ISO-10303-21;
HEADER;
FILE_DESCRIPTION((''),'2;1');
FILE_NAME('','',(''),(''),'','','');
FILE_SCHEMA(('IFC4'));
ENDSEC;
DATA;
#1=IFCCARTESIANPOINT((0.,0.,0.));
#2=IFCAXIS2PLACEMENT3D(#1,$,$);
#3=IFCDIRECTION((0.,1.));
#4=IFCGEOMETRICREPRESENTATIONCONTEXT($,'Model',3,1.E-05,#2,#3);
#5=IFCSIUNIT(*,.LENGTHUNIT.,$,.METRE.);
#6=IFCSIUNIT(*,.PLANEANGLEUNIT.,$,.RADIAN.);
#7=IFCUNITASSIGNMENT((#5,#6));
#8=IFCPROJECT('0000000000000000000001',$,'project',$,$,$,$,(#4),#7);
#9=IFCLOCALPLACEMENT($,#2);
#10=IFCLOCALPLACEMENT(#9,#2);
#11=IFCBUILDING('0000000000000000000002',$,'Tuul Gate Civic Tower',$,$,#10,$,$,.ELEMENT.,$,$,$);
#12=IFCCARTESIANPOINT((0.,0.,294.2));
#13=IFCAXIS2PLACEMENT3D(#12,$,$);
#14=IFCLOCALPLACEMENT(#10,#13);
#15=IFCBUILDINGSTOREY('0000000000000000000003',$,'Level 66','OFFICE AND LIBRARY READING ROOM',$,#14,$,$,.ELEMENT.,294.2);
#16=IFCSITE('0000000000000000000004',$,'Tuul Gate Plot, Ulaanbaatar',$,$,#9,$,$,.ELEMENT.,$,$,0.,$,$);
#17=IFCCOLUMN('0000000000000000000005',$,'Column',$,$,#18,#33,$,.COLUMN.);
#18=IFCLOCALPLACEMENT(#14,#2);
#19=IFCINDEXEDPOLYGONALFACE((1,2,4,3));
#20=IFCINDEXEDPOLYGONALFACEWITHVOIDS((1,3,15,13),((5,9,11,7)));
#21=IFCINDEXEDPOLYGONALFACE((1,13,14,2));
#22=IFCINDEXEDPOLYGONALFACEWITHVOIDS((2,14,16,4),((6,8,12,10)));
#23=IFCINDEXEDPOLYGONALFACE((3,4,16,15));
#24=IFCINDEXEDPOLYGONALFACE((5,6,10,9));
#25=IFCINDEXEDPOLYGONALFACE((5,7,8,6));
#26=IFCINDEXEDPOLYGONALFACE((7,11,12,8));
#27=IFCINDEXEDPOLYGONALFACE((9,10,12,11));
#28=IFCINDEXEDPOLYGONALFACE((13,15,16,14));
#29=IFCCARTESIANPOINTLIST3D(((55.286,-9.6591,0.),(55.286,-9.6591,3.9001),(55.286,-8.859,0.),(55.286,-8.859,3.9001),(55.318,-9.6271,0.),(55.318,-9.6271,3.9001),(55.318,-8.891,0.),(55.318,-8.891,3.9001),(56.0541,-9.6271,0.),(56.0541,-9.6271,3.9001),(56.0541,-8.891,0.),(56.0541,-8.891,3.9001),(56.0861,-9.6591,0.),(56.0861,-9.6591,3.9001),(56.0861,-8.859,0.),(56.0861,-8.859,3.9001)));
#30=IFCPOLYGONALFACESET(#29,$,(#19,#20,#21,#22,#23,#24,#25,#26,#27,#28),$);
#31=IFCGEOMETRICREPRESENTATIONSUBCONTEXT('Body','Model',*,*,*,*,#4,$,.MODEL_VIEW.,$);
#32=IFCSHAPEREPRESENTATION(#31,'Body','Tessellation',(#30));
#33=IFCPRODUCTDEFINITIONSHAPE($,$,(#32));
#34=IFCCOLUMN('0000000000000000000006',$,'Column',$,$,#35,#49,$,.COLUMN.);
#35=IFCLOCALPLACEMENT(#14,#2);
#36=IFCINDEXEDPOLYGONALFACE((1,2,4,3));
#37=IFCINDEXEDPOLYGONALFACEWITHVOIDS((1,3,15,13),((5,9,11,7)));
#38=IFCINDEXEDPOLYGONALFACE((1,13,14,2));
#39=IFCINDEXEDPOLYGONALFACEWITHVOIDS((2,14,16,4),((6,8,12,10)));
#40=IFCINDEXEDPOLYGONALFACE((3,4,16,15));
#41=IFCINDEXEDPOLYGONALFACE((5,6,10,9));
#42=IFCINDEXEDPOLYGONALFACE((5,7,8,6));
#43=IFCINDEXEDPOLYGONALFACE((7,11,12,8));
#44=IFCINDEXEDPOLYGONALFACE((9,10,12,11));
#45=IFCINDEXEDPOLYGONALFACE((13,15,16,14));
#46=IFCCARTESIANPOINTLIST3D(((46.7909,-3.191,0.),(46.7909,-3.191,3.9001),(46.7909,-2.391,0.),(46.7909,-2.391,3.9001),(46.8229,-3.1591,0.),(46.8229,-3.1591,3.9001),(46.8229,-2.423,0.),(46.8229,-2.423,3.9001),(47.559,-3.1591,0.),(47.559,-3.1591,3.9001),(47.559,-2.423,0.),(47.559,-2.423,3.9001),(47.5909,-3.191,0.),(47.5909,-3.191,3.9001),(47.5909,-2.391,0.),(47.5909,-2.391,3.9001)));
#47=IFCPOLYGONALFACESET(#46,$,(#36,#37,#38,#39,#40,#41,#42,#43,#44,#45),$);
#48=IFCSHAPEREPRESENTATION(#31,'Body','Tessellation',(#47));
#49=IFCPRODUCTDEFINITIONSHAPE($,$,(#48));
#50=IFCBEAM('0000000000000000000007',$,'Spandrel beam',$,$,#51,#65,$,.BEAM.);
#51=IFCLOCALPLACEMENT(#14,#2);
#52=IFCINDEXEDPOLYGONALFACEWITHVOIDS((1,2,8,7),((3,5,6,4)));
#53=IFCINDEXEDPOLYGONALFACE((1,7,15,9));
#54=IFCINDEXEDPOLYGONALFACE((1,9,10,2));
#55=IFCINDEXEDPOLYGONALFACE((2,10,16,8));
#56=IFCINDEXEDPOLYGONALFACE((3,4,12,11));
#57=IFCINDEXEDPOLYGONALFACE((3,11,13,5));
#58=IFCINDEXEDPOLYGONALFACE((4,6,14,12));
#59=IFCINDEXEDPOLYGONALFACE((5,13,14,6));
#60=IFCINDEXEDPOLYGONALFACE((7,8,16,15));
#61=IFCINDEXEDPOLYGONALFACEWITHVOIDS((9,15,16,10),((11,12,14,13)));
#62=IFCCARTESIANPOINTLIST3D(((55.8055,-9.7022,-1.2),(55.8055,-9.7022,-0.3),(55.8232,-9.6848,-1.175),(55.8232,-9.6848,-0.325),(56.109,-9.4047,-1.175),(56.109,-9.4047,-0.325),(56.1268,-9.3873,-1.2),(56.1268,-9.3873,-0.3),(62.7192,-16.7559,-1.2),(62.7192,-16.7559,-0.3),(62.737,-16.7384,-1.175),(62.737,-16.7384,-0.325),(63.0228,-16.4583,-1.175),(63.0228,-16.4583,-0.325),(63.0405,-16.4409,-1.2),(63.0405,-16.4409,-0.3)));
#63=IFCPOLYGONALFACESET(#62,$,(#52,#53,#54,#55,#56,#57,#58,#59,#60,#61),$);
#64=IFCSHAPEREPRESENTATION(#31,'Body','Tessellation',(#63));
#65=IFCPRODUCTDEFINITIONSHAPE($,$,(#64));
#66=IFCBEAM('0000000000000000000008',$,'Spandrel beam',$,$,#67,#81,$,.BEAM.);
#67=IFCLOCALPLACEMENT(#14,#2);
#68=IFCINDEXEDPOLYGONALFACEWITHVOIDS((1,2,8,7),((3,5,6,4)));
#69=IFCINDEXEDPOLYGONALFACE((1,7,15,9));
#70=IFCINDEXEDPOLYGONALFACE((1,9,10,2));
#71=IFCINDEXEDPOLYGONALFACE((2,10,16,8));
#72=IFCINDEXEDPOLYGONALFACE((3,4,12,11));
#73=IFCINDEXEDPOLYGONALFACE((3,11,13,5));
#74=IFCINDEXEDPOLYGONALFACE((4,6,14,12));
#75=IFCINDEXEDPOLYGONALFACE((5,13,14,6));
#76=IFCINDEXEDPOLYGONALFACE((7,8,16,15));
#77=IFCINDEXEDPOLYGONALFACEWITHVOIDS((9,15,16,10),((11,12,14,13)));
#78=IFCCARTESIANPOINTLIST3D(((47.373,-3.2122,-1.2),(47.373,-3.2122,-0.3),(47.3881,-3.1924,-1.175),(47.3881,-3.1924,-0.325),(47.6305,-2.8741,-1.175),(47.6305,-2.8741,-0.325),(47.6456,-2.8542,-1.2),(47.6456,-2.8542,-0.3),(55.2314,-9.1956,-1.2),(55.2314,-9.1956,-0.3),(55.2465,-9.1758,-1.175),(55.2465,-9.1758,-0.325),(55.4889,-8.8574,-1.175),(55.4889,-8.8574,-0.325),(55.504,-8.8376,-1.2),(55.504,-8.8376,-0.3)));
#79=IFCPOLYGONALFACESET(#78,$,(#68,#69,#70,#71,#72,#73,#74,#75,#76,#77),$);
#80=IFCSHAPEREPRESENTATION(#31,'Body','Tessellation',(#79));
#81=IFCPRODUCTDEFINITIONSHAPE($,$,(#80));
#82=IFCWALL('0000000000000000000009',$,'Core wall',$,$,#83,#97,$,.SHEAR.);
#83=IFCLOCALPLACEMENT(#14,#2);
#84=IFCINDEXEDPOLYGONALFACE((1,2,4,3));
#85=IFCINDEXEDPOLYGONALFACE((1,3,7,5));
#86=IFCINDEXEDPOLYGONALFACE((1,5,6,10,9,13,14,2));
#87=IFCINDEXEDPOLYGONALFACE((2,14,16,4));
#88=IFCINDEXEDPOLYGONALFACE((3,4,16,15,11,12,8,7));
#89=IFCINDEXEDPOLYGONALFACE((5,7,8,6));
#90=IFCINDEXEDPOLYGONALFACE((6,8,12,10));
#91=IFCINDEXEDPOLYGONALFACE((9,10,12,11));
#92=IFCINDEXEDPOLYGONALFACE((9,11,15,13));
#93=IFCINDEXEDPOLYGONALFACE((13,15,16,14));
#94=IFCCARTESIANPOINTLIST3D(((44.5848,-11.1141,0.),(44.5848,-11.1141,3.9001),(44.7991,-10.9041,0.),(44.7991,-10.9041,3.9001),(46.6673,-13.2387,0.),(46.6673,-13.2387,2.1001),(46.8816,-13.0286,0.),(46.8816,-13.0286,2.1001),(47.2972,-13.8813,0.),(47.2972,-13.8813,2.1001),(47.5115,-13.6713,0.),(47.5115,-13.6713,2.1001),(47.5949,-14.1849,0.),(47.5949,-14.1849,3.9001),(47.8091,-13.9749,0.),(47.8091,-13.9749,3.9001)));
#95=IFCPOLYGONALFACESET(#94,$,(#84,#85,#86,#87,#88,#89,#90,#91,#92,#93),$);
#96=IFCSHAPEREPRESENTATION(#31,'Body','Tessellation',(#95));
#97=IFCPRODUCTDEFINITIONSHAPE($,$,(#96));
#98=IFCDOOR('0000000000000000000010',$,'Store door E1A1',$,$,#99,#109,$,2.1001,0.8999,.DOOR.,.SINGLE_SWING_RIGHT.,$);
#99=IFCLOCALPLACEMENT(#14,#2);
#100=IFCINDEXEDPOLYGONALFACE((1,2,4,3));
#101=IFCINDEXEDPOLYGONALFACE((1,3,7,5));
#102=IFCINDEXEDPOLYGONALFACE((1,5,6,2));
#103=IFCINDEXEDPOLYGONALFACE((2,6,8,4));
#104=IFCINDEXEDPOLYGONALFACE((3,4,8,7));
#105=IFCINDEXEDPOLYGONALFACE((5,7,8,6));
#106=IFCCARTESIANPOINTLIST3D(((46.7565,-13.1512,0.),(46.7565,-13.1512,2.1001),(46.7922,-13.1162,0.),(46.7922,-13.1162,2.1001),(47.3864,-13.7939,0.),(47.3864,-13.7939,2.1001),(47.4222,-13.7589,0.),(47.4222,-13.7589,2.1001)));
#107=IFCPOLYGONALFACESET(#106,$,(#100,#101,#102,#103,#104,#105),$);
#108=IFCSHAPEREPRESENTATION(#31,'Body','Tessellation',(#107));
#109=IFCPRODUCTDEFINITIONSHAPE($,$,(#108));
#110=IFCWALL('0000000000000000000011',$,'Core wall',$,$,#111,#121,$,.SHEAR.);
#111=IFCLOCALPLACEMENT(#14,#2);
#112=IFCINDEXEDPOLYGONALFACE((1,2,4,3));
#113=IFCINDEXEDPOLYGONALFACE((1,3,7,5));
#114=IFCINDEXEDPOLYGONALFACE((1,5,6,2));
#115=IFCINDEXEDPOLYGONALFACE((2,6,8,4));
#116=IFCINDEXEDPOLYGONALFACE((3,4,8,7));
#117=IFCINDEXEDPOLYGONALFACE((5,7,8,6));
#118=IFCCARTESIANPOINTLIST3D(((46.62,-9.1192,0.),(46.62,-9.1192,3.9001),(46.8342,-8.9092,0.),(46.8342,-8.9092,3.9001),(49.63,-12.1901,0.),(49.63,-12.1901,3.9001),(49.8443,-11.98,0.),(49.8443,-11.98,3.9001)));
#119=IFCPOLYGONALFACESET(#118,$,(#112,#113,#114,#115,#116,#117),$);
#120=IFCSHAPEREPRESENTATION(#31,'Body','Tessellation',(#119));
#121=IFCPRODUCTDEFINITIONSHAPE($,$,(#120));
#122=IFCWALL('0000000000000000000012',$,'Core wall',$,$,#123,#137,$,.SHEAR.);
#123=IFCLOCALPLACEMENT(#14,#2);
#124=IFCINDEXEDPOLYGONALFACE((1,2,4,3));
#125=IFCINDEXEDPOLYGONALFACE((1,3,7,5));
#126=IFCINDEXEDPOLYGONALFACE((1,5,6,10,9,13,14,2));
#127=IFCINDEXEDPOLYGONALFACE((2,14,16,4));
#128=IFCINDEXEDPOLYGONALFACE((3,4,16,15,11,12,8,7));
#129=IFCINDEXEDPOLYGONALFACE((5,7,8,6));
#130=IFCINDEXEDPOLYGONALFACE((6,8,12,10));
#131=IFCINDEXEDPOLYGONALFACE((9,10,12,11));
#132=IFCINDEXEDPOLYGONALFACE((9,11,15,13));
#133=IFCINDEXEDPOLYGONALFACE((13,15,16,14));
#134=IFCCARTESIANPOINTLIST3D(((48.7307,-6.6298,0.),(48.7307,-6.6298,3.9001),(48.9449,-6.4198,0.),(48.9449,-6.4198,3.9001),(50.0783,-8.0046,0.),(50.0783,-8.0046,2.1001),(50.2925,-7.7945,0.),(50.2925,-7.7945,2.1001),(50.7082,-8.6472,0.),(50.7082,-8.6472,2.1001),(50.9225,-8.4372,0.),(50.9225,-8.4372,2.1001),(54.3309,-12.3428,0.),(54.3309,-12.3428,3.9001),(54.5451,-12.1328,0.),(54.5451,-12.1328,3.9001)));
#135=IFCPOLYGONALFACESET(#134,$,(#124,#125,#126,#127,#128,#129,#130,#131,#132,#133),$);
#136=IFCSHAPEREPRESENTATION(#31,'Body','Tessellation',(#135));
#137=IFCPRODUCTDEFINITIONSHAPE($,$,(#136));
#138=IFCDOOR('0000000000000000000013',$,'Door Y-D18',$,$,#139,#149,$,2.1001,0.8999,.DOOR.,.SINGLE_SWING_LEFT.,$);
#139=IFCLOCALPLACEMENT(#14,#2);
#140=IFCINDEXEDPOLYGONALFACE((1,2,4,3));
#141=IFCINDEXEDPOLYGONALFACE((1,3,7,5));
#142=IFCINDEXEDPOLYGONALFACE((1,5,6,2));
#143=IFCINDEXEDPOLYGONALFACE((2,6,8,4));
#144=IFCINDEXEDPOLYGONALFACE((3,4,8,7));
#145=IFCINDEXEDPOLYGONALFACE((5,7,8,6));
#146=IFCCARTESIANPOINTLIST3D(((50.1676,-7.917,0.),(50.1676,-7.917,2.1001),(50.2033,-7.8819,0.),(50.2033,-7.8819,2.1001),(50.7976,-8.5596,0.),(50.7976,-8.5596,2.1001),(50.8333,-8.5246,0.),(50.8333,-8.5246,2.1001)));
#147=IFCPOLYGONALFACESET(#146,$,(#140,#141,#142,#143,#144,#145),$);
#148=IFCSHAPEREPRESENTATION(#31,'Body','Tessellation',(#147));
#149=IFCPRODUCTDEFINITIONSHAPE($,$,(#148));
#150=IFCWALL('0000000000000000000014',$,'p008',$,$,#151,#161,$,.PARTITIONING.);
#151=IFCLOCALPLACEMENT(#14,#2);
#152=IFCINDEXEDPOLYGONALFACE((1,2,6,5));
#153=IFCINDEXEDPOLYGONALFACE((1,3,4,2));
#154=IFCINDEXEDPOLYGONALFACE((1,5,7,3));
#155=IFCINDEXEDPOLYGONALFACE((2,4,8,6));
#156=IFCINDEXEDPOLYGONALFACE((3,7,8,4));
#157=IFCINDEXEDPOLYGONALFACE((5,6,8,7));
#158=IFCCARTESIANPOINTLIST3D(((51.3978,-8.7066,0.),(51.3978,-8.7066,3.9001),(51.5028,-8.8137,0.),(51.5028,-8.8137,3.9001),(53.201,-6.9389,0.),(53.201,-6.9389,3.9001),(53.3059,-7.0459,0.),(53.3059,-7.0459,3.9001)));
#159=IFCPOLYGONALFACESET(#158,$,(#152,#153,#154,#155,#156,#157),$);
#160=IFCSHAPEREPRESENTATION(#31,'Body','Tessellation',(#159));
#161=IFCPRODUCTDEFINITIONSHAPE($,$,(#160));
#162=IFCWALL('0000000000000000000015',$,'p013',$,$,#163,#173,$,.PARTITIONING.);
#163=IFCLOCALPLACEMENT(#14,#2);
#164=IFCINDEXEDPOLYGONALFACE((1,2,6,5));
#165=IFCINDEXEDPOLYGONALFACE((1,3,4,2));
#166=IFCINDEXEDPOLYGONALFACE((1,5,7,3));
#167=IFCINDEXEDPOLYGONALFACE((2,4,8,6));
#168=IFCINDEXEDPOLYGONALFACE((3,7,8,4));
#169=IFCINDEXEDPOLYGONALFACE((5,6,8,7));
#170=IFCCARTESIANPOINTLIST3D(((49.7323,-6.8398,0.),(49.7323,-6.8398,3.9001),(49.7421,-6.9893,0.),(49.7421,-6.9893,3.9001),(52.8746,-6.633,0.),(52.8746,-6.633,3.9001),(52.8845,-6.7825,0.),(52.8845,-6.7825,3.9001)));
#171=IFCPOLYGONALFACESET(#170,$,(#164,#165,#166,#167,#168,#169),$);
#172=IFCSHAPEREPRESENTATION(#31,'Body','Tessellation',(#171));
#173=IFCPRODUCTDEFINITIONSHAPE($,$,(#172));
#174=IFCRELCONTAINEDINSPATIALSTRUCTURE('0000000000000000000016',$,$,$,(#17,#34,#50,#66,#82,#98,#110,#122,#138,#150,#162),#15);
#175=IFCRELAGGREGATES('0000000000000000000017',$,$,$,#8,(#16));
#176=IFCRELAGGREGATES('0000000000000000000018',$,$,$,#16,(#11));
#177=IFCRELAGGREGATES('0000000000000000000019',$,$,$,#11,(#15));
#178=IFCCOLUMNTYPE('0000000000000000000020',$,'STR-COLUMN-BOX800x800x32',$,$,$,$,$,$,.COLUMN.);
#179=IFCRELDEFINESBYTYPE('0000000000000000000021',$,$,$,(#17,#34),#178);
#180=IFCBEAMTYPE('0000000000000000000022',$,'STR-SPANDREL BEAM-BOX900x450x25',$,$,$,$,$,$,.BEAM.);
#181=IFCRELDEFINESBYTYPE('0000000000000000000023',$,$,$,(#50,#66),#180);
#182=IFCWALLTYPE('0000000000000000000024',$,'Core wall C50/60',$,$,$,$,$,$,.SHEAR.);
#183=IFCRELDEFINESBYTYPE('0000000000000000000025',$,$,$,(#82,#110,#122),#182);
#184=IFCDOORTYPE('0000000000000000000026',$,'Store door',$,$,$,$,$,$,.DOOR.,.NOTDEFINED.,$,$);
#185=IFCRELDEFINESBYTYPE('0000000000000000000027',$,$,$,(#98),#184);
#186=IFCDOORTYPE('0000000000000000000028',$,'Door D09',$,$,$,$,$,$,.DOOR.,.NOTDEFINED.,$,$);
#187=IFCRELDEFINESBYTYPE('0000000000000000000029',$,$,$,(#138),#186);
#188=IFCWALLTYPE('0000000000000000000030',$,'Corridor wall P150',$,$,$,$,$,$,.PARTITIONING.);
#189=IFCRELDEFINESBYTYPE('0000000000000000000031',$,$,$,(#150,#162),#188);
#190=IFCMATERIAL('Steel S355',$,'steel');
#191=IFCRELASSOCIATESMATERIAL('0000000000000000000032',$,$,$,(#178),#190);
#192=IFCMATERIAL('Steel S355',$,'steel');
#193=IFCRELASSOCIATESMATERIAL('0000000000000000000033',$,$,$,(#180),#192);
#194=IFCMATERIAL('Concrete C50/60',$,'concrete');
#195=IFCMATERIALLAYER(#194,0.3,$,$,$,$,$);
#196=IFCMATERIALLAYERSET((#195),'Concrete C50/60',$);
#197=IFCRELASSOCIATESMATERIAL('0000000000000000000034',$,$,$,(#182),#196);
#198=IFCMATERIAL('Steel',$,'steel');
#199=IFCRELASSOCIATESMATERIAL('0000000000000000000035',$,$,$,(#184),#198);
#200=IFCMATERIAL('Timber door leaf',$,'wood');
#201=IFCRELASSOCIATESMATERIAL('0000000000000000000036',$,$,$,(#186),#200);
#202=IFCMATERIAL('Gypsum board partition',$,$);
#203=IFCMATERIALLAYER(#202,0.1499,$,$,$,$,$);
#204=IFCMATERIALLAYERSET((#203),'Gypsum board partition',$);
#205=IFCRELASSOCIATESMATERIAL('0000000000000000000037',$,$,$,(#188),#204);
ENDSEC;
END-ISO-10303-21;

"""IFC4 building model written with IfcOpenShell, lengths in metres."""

from ifc_helpers import new_model, si_unit, direction, frame, frame_2d, origin, origin_2d, place, context, subcontext, project, spatial, rectangle, hollow_rectangle, extrude, material, layer, layer_set, material_profile, profile_set, type_object, element, fill, save


model = new_model("IFC4")

# Units and contexts
model_context = context("Model", 3, precision=1e-05, world=origin(), true_north=direction((0.0, 1.0)))
body_context = subcontext(model_context, "Body", "Model", "MODEL_VIEW")
ifc_project = project(units=[si_unit("LENGTHUNIT", "METRE"), si_unit("PLANEANGLEUNIT", "RADIAN")], contexts=[model_context])

# Site, building, storey
site_placement = place(None, origin())
site = spatial("IfcSite", under=ifc_project, at=site_placement, Name="Tuul Gate Plot, Ulaanbaatar", CompositionType="ELEMENT", RefElevation=0.0)
building_placement = place(site_placement, origin())
building = spatial("IfcBuilding", under=site, at=building_placement, Name="Tuul Gate Civic Tower", CompositionType="ELEMENT")
storey_placement = place(building_placement, frame((0.0, 0.0, 294.2)))
storey = spatial("IfcBuildingStorey", under=building, at=storey_placement, Name="Level 66", Description="OFFICE AND LIBRARY READING ROOM", CompositionType="ELEMENT", Elevation=294.2)

# Columns
ifc_material_1 = material(Name="Steel S355", Category="steel")
ifc_material_profile_1 = material_profile(ifc_material_1, hollow_rectangle(XDim=0.8, YDim=0.8, WallThickness=0.032, at=origin_2d()), Name="BOX800x800x32")
ifc_profile_set_1 = profile_set([ifc_material_profile_1], Name="Steel S355")
column_type = type_object("IfcColumnType", Name="STR-COLUMN-BOX800x800x32", PredefinedType="COLUMN", material=ifc_profile_set_1)
for number, where, z_axis, x_axis, name in (
    (1, (55.686, -9.259, 0.0), (0.0, 0.0, 1.0), (1.0, 0.0, 0.0), "Column"),
    (2, (47.1909, -2.791, 0.0), (0.0, 0.0, 1.0), (1.0, 0.0, 0.0), "Column"),
):
    element("IfcColumn", number, at=place(storey_placement, frame(where, z_axis=z_axis, x_axis=x_axis)), inside=storey, type_object=column_type, Name=name, PredefinedType="COLUMN", context=body_context, shape_type="SweptSolid", body=[
        extrude(hollow_rectangle(XDim=0.8, YDim=0.8, WallThickness=0.032, at=origin_2d()), origin(), (0.0, 0.0, 1.0), 3.9001),
    ])

# Beams
ifc_material_2 = material(Name="Steel S355", Category="steel")
ifc_material_profile_2 = material_profile(ifc_material_2, hollow_rectangle(XDim=0.45, YDim=0.8999, WallThickness=0.0249, at=origin_2d()), Name="BOX900x450x25")
ifc_profile_set_2 = profile_set([ifc_material_profile_2], Name="Steel S355")
beam_type = type_object("IfcBeamType", Name="STR-SPANDREL BEAM-BOX900x450x25", PredefinedType="BEAM", material=ifc_profile_set_2)
for number, where, z_axis, x_axis, name in (
    (3, (62.8799, -16.5984, -0.75), (-0.69999, 0.714153, 0.0), (-0.714153, -0.69999, 0.0), "Spandrel beam"),
    (4, (55.3677, -9.0166, -0.75), (-0.795625, 0.60579, 0.0), (-0.60579, -0.795625, 0.0), "Spandrel beam"),
):
    element("IfcBeam", number, at=place(storey_placement, frame(where, z_axis=z_axis, x_axis=x_axis)), inside=storey, type_object=beam_type, Name=name, PredefinedType="BEAM", context=body_context, shape_type="SweptSolid", body=[
        extrude(hollow_rectangle(XDim=0.45, YDim=0.8999, WallThickness=0.0249, at=origin_2d()), origin(), (0.0, 0.0, 1.0), 9.877),
    ])

# Wall, opening, door
ifc_material_3 = material(Name="Concrete C50/60", Category="concrete")
ifc_layer_1 = layer(ifc_material_3, 0.3)
ifc_layer_set_1 = layer_set([ifc_layer_1], Name="Concrete C50/60")
wall_type_1 = type_object("IfcWallType", Name="Core wall C50/60", PredefinedType="SHEAR", material=ifc_layer_set_1)
wall_1_placement = place(storey_placement, frame((47.7019, -14.0798, 0.0), z_axis=(0.0, 0.0, 1.0), x_axis=(-0.700003, 0.71414, 0.0)))
wall_1 = element("IfcWall", 5, at=wall_1_placement, inside=storey, type_object=wall_type_1, Name="Core wall", PredefinedType="SHEAR", context=body_context, shape_type="SweptSolid", body=[
    extrude(rectangle(XDim=4.3, YDim=0.3, at=frame_2d((2.1499, 0.0))), origin(), (0.0, 0.0, 1.0), 3.9001),
])
opening_1_placement = place(wall_1_placement, frame((0.425, 0.0, 0.0)))
opening_1 = element("IfcOpeningElement", 6, at=opening_1_placement, cuts=wall_1, PredefinedType="OPENING", context=body_context, shape_type="SweptSolid", body=[
    extrude(rectangle(XDim=0.8999, YDim=2.1001, at=frame_2d((0.45, 1.05))), frame((0.0, 0.1602, 0.0), z_axis=(0.0, -1.0, 0.0), x_axis=(1.0, 0.0, 0.0)), (0.0, 0.0, 1.0), 0.3201),
])
ifc_material_4 = material(Name="Steel", Category="steel")
door_type_1 = type_object("IfcDoorType", Name="Store door", OperationType="NOTDEFINED", PredefinedType="DOOR", material=ifc_material_4)
door_1_placement = place(opening_1_placement, frame((0.8999, 0.0, 0.0), z_axis=(0.0, 0.0, 1.0), x_axis=(-1.0, 0.0, 0.0)))
door_1 = element("IfcDoor", 7, at=door_1_placement, inside=storey, type_object=door_type_1, Name="Store door E1A1", OperationType="SINGLE_SWING_RIGHT", OverallHeight=2.1001, OverallWidth=0.8999, PredefinedType="DOOR", context=body_context, shape_type="SweptSolid", body=[
    extrude(rectangle(XDim=0.8999, YDim=2.1001, at=frame_2d((0.45, 1.05))), frame((0.0, 0.0249, 0.0), z_axis=(0.0, -1.0, 0.0), x_axis=(1.0, 0.0, 0.0)), (0.0, 0.0, 1.0), 0.05),
])
fill(opening_1, door_1)

# Wall
wall_2_placement = place(storey_placement, frame((49.7371, -12.085, 0.0), z_axis=(0.0, 0.0, 1.0), x_axis=(-0.700003, 0.71414, 0.0)))
element("IfcWall", 8, at=wall_2_placement, inside=storey, type_object=wall_type_1, Name="Core wall", PredefinedType="SHEAR", context=body_context, shape_type="SweptSolid", body=[
    extrude(rectangle(XDim=4.3, YDim=0.3, at=frame_2d((2.1499, 0.0))), origin(), (0.0, 0.0, 1.0), 3.9001),
])

# Wall, opening, door
wall_3_placement = place(storey_placement, frame((54.438, -12.2378, 0.0), z_axis=(0.0, 0.0, 1.0), x_axis=(-0.700022, 0.714121, 0.0)))
wall_3 = element("IfcWall", 9, at=wall_3_placement, inside=storey, type_object=wall_type_1, Name="Core wall", PredefinedType="SHEAR", context=body_context, shape_type="SweptSolid", body=[
    extrude(rectangle(XDim=8.0, YDim=0.3, at=frame_2d((4.0, 0.0))), origin(), (0.0, 0.0, 1.0), 3.9001),
])
opening_2_placement = place(wall_3_placement, frame((5.175, 0.0, 0.0)))
opening_2 = element("IfcOpeningElement", 10, at=opening_2_placement, cuts=wall_3, PredefinedType="OPENING", context=body_context, shape_type="SweptSolid", body=[
    extrude(rectangle(XDim=0.8999, YDim=2.1001, at=frame_2d((0.45, 1.05))), frame((0.0, 0.1602, 0.0), z_axis=(0.0, -1.0, 0.0), x_axis=(1.0, 0.0, 0.0)), (0.0, 0.0, 1.0), 0.3201),
])
ifc_material_5 = material(Name="Timber door leaf", Category="wood")
door_type_2 = type_object("IfcDoorType", Name="Door D09", OperationType="NOTDEFINED", PredefinedType="DOOR", material=ifc_material_5)
door_2_placement = place(opening_2_placement, origin())
door_2 = element("IfcDoor", 11, at=door_2_placement, inside=storey, type_object=door_type_2, Name="Door Y-D18", OperationType="SINGLE_SWING_LEFT", OverallHeight=2.1001, OverallWidth=0.8999, PredefinedType="DOOR", context=body_context, shape_type="SweptSolid", body=[
    extrude(rectangle(XDim=0.8999, YDim=2.1001, at=frame_2d((0.45, 1.05))), frame((0.0, 0.0249, 0.0), z_axis=(0.0, -1.0, 0.0), x_axis=(1.0, 0.0, 0.0)), (0.0, 0.0, 1.0), 0.05),
])
fill(opening_2, door_2)

# Walls
ifc_material_6 = material(Name="Gypsum board partition")
ifc_layer_2 = layer(ifc_material_6, 0.1499)
ifc_layer_set_2 = layer_set([ifc_layer_2], Name="Gypsum board partition")
wall_type_2 = type_object("IfcWallType", Name="Corridor wall P150", PredefinedType="PARTITIONING", material=ifc_layer_set_2)
wall_4_placement = place(storey_placement, frame((51.4502, -8.7603, 0.0), z_axis=(0.0, 0.0, 1.0), x_axis=(0.714081, 0.700063, 0.0)))
element("IfcWall", 12, at=wall_4_placement, inside=storey, type_object=wall_type_2, Name="p008", PredefinedType="PARTITIONING", context=body_context, shape_type="SweptSolid", body=[
    extrude(rectangle(XDim=2.5251, YDim=0.1499, at=frame_2d((1.2627, 0.0))), origin(), (0.0, 0.0, 1.0), 3.9001),
])
wall_5_placement = place(storey_placement, frame((49.7371, -6.9146, 0.0), z_axis=(0.0, 0.0, 1.0), x_axis=(0.997842, 0.065665, 0.0)))
element("IfcWall", 13, at=wall_5_placement, inside=storey, type_object=wall_type_2, Name="p013", PredefinedType="PARTITIONING", context=body_context, shape_type="SweptSolid", body=[
    extrude(rectangle(XDim=3.1492, YDim=0.1499, at=frame_2d((1.5747, 0.0))), origin(), (0.0, 0.0, 1.0), 3.9001),
])

save(model, "model.ifc")
